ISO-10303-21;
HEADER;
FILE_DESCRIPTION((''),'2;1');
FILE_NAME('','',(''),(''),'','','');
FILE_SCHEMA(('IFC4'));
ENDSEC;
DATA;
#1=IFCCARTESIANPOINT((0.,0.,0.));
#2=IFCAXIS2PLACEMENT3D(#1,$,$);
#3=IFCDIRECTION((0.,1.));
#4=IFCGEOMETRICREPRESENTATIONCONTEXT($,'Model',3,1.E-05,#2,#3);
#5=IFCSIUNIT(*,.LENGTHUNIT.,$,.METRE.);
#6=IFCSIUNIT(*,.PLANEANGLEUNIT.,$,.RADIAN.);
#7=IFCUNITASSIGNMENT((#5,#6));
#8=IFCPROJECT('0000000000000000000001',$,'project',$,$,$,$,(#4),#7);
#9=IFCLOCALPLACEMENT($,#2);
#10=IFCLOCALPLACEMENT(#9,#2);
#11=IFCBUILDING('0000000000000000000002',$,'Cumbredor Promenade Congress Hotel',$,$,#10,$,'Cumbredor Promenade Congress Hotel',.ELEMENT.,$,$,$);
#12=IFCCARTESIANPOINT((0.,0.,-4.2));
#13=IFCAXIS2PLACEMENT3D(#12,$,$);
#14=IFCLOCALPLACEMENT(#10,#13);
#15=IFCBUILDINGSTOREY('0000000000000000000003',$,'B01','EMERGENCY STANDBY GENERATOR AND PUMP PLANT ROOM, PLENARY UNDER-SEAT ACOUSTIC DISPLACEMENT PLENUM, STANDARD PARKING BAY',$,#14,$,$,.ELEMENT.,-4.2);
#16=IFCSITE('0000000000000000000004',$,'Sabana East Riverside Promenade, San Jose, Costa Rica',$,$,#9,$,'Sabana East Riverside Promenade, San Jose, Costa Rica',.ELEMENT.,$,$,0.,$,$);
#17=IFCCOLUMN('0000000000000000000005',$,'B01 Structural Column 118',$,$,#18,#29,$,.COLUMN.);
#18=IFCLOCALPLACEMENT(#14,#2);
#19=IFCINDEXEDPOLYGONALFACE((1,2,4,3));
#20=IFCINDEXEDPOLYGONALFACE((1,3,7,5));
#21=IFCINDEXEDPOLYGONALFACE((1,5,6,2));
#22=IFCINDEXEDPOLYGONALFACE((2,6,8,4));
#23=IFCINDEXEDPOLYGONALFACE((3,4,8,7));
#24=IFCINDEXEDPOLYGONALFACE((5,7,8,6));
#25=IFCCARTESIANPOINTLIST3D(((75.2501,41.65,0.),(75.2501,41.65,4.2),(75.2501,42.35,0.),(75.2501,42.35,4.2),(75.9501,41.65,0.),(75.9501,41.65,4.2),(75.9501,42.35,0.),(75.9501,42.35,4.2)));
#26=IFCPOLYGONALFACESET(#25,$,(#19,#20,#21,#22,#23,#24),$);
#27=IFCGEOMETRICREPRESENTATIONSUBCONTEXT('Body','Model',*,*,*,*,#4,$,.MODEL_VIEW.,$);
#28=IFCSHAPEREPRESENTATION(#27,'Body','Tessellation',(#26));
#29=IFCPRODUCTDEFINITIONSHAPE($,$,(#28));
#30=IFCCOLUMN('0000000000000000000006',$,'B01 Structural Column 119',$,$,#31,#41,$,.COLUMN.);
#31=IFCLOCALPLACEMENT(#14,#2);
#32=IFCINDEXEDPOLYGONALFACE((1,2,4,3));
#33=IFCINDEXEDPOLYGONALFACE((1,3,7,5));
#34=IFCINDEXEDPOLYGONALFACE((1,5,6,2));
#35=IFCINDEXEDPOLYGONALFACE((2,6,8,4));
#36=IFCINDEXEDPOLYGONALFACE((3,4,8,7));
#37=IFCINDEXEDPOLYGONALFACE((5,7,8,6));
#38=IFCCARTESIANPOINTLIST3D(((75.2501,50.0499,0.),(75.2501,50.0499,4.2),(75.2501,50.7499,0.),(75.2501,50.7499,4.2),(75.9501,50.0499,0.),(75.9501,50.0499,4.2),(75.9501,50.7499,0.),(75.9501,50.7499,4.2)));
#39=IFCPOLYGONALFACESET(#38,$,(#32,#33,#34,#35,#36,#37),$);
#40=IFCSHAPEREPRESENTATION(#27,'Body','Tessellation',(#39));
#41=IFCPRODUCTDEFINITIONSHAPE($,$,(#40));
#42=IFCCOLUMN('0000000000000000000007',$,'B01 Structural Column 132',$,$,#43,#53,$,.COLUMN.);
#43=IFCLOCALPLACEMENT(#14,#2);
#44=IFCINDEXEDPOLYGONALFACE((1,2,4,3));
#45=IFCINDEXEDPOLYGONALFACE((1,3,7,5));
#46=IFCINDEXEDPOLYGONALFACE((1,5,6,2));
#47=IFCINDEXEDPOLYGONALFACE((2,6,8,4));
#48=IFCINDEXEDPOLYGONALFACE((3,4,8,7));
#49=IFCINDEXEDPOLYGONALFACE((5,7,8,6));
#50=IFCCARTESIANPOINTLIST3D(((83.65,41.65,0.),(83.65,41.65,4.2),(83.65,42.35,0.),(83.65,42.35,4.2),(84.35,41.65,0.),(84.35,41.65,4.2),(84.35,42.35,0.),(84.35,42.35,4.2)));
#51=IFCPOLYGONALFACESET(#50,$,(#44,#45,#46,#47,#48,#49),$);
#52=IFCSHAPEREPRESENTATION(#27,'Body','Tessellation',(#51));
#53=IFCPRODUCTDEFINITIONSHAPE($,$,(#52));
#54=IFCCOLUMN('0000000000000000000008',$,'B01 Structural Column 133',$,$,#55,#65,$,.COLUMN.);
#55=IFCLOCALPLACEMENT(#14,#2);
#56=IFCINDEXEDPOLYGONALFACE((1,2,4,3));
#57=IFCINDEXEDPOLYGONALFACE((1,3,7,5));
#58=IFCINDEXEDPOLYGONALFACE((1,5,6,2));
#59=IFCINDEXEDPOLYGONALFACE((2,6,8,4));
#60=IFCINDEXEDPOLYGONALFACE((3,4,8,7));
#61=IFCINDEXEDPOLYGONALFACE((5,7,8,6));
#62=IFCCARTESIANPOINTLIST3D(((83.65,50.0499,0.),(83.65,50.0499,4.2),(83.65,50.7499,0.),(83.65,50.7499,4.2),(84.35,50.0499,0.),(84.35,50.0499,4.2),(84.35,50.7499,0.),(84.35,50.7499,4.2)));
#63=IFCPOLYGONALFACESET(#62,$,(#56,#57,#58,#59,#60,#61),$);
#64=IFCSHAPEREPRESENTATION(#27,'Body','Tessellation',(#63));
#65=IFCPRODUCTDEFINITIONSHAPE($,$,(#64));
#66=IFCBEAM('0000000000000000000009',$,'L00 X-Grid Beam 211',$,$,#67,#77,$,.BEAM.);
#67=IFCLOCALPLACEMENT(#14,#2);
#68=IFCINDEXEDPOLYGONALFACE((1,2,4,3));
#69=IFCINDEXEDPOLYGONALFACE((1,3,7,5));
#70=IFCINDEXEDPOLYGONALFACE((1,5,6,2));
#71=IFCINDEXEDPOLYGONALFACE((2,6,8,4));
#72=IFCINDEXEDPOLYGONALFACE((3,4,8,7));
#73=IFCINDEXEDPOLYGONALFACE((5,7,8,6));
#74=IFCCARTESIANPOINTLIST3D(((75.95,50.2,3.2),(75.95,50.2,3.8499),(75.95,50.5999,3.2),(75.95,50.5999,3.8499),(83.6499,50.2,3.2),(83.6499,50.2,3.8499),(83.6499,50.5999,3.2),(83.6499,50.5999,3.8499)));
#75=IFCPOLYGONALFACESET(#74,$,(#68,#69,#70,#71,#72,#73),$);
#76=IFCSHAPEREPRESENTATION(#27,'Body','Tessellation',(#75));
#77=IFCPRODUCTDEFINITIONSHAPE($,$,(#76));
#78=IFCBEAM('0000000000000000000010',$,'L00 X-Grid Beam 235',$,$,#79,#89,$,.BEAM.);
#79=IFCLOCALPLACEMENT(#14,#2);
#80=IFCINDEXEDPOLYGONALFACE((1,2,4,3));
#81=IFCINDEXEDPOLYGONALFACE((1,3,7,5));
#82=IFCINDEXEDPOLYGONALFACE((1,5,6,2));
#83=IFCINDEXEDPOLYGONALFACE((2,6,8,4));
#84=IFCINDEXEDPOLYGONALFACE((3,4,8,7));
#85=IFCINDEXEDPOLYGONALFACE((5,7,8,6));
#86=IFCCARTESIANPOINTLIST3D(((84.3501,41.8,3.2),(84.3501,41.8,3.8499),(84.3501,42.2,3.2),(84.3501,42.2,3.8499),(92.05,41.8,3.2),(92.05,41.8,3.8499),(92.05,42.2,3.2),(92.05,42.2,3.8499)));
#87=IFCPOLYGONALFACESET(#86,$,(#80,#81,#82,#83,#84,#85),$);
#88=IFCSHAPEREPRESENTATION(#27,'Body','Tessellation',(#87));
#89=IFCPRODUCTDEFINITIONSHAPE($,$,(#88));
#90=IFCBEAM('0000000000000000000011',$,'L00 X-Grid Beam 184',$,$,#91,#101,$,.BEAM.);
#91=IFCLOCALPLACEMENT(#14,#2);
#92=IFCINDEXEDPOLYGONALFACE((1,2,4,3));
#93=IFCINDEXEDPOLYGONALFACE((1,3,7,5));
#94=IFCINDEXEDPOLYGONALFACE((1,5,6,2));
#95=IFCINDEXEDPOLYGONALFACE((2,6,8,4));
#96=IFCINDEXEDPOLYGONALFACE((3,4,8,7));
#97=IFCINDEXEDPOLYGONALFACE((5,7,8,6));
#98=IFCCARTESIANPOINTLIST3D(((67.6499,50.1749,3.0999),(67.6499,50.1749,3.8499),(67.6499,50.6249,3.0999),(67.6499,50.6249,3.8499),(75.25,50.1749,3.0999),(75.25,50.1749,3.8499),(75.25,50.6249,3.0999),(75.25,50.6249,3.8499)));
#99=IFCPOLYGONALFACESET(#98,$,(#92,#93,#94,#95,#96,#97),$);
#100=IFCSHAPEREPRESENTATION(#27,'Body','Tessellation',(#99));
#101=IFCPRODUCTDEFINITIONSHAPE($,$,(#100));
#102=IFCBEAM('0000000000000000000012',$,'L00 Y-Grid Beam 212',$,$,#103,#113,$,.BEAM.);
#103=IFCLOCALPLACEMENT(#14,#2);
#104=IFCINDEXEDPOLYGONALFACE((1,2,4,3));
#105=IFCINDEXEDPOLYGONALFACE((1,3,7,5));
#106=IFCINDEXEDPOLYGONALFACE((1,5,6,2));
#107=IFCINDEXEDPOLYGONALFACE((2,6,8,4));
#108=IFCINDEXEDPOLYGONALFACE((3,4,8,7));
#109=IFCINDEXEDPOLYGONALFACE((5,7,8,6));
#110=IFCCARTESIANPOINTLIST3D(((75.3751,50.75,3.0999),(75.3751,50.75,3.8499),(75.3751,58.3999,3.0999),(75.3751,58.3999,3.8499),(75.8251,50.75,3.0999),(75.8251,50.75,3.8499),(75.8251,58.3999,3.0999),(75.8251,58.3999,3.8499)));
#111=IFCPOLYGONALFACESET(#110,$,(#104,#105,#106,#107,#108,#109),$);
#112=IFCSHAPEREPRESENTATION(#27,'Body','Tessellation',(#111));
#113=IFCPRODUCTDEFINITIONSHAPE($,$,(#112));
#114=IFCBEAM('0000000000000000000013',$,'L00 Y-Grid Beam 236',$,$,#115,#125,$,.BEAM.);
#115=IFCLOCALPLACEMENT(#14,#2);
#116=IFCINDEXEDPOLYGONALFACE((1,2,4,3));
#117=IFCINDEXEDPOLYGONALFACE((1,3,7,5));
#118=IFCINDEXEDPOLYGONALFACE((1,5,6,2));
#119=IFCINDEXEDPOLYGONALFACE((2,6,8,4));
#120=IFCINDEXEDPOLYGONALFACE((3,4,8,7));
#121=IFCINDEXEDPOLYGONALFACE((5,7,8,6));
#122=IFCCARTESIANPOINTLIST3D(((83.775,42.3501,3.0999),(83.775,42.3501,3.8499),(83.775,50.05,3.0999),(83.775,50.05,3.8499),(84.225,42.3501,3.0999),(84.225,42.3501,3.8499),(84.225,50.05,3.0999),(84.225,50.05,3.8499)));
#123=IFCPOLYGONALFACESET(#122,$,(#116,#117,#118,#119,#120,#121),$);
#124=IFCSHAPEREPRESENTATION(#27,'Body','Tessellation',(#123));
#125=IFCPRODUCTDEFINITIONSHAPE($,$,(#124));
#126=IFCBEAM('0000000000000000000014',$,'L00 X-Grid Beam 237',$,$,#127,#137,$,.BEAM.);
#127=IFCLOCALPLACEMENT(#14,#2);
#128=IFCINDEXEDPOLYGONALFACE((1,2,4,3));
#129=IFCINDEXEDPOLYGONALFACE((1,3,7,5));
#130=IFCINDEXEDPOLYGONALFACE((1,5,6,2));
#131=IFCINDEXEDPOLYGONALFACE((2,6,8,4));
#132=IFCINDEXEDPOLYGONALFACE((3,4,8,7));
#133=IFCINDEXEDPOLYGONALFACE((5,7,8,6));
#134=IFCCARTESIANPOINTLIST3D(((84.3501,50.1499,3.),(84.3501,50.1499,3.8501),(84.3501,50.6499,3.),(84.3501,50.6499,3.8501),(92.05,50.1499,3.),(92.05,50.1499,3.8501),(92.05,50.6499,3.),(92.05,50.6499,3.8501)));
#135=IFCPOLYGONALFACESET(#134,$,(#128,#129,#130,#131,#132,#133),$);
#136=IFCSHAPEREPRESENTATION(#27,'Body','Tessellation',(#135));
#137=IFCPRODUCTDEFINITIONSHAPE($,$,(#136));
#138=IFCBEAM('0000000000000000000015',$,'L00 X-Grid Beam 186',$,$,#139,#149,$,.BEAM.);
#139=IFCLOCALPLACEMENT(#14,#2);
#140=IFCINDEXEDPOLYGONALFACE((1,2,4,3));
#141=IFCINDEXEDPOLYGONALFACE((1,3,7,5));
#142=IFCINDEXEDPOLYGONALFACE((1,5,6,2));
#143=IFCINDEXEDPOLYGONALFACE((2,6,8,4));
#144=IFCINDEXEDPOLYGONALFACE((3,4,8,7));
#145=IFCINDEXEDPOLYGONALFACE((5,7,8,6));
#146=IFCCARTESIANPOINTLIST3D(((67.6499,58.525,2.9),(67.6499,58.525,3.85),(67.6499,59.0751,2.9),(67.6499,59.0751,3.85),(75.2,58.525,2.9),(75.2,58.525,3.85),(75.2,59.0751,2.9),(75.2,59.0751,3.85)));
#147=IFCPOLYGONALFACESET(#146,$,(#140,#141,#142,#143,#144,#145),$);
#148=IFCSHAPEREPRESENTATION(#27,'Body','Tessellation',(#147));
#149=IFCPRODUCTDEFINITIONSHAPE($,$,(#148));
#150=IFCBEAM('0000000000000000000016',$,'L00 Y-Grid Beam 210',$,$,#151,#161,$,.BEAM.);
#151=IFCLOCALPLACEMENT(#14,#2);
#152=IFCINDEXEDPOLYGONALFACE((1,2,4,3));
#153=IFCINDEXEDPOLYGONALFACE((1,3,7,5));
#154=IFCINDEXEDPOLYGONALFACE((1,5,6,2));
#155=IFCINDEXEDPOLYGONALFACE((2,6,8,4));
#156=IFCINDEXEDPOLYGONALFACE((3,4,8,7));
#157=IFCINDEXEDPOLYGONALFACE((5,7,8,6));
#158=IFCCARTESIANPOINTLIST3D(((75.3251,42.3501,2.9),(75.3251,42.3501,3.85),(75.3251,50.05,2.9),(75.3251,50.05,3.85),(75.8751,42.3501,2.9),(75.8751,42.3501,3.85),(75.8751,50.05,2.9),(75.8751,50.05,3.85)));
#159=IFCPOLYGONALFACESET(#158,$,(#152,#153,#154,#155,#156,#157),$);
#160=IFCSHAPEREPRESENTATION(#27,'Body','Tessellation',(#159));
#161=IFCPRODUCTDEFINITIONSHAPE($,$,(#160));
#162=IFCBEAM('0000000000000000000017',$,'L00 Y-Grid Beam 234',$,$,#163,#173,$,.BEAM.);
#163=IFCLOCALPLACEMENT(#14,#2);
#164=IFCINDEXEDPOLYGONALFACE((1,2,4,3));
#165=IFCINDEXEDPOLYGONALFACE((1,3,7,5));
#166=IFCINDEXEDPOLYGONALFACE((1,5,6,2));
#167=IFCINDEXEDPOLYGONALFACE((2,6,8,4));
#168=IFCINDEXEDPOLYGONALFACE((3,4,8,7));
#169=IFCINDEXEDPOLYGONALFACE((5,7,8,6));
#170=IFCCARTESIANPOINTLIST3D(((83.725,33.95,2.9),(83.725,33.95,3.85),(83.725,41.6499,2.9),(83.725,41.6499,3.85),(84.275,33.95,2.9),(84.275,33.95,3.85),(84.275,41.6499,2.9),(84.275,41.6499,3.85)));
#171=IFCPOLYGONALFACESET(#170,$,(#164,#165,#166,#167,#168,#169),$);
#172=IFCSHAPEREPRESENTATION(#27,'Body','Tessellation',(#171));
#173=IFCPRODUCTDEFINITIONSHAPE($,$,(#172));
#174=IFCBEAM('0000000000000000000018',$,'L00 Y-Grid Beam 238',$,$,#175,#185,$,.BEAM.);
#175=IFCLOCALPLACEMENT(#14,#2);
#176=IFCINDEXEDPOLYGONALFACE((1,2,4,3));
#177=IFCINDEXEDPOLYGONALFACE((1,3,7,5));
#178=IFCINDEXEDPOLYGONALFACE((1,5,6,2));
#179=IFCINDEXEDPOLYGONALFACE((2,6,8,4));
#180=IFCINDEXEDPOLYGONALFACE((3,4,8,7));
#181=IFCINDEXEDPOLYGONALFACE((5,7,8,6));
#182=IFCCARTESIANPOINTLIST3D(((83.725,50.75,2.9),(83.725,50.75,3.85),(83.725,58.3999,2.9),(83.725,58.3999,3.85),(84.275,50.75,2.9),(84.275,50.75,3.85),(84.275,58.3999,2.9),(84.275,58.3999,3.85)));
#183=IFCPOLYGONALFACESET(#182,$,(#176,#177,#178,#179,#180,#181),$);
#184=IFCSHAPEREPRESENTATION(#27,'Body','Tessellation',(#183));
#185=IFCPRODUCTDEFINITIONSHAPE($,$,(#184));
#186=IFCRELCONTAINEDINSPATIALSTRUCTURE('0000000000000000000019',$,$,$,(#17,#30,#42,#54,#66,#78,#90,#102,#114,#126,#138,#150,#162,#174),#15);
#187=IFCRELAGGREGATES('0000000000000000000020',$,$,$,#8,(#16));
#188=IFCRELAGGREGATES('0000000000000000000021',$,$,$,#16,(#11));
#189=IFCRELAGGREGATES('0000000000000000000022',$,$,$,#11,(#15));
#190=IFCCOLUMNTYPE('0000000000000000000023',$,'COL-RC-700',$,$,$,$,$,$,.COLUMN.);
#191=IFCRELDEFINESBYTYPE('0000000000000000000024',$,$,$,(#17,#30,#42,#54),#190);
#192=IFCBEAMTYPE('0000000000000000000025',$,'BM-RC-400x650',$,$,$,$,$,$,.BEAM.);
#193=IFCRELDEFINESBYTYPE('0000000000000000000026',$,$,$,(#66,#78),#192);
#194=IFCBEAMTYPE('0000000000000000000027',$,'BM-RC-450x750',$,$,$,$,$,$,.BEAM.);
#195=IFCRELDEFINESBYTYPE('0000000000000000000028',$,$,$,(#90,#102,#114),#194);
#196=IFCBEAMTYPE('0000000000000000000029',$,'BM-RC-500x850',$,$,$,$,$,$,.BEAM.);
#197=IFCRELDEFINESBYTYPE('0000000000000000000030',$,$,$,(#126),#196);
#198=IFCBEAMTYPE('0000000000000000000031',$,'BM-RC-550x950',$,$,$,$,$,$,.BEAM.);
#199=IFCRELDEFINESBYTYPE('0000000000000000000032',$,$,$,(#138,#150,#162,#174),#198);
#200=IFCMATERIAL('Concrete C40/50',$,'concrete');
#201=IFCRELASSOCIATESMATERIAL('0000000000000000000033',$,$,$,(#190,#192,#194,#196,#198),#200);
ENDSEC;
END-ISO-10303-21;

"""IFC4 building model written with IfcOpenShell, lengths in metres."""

from ifc_helpers import new_model, si_unit, direction, frame, origin, origin_2d, place, context, subcontext, project, spatial, rectangle, extrude, material, material_profile, profile_set, type_object, element, save


model = new_model("IFC4")

# Units and contexts
model_context = context("Model", 3, precision=1e-05, world=origin(), true_north=direction((0.0, 1.0)))
body_context = subcontext(model_context, "Body", "Model", "MODEL_VIEW")
ifc_project = project(units=[si_unit("LENGTHUNIT", "METRE"), si_unit("PLANEANGLEUNIT", "RADIAN")], contexts=[model_context])

# Site, building, storey
site_placement = place(None, origin())
site = spatial("IfcSite", under=ifc_project, at=site_placement, Name="Sabana East Riverside Promenade, San Jose, Costa Rica", LongName="Sabana East Riverside Promenade, San Jose, Costa Rica", CompositionType="ELEMENT", RefElevation=0.0)
building_placement = place(site_placement, origin())
building = spatial("IfcBuilding", under=site, at=building_placement, Name="Cumbredor Promenade Congress Hotel", LongName="Cumbredor Promenade Congress Hotel", CompositionType="ELEMENT")
storey_placement = place(building_placement, frame((0.0, 0.0, -4.2)))
storey = spatial("IfcBuildingStorey", under=building, at=storey_placement, Name="B01", Description="EMERGENCY STANDBY GENERATOR AND PUMP PLANT ROOM, PLENARY UNDER-SEAT ACOUSTIC DISPLACEMENT PLENUM, STANDARD PARKING BAY", CompositionType="ELEMENT", Elevation=-4.2)

# Columns
ifc_material_1 = material(Name="Concrete C40/50", Category="concrete")
ifc_material_profile_1 = material_profile(ifc_material_1, rectangle(XDim=0.7, YDim=0.7, at=origin_2d()), Name="RC 700x700")
ifc_profile_set_1 = profile_set([ifc_material_profile_1], Name="Concrete C40/50")
column_type = type_object("IfcColumnType", Name="COL-RC-700", PredefinedType="COLUMN", material=ifc_profile_set_1)
for number, where, z_axis, x_axis, name in (
    (1, (75.6001, 42.0, 0.0), (0.0, 0.0, 1.0), (1.0, 0.0, 0.0), "B01 Structural Column 118"),
    (2, (75.6001, 50.3999, 0.0), (0.0, 0.0, 1.0), (1.0, 0.0, 0.0), "B01 Structural Column 119"),
    (3, (84.0, 42.0, 0.0), (0.0, 0.0, 1.0), (1.0, 0.0, 0.0), "B01 Structural Column 132"),
    (4, (84.0, 50.3999, 0.0), (0.0, 0.0, 1.0), (1.0, 0.0, 0.0), "B01 Structural Column 133"),
):
    element("IfcColumn", number, at=place(storey_placement, frame(where, z_axis=z_axis, x_axis=x_axis)), inside=storey, type_object=column_type, Name=name, PredefinedType="COLUMN", context=body_context, shape_type="SweptSolid", body=[
        extrude(rectangle(XDim=0.7, YDim=0.7, at=origin_2d()), origin(), (0.0, 0.0, 1.0), 4.2),
    ])

# Beams
ifc_material_profile_2 = material_profile(ifc_material_1, rectangle(XDim=0.3999, YDim=0.6499, at=origin_2d()), Name="RC BEAM 400x650")
ifc_profile_set_2 = profile_set([ifc_material_profile_2], Name="Concrete C40/50")
beam_type_1 = type_object("IfcBeamType", Name="BM-RC-400x650", PredefinedType="BEAM", material=ifc_profile_set_2)
for number, where, z_axis, x_axis, name in (
    (5, (75.95, 50.3999, 3.5249), (1.0, 0.0, 0.0), (0.0, 1.0, 0.0), "L00 X-Grid Beam 211"),
    (6, (84.3501, 42.0, 3.5249), (1.0, 0.0, 0.0), (0.0, 1.0, 0.0), "L00 X-Grid Beam 235"),
):
    element("IfcBeam", number, at=place(storey_placement, frame(where, z_axis=z_axis, x_axis=x_axis)), inside=storey, type_object=beam_type_1, Name=name, PredefinedType="BEAM", context=body_context, shape_type="SweptSolid", body=[
        extrude(rectangle(XDim=0.3999, YDim=0.6499, at=origin_2d()), origin(), (0.0, 0.0, 1.0), 7.7),
    ])
ifc_material_profile_3 = material_profile(ifc_material_1, rectangle(XDim=0.45, YDim=0.75, at=origin_2d()), Name="RC BEAM 450x750")
ifc_profile_set_3 = profile_set([ifc_material_profile_3], Name="Concrete C40/50")
beam_type_2 = type_object("IfcBeamType", Name="BM-RC-450x750", PredefinedType="BEAM", material=ifc_profile_set_3)
beam_1_placement = place(storey_placement, frame((67.6499, 50.3999, 3.4749), z_axis=(1.0, 0.0, 0.0), x_axis=(0.0, 1.0, 0.0)))
element("IfcBeam", 7, at=beam_1_placement, inside=storey, type_object=beam_type_2, Name="L00 X-Grid Beam 184", PredefinedType="BEAM", context=body_context, shape_type="SweptSolid", body=[
    extrude(rectangle(XDim=0.45, YDim=0.75, at=origin_2d()), origin(), (0.0, 0.0, 1.0), 7.6001),
])
beam_2_placement = place(storey_placement, frame((75.6001, 50.75, 3.4749), z_axis=(0.0, 1.0, 0.0), x_axis=(-1.0, 0.0, 0.0)))
element("IfcBeam", 8, at=beam_2_placement, inside=storey, type_object=beam_type_2, Name="L00 Y-Grid Beam 212", PredefinedType="BEAM", context=body_context, shape_type="SweptSolid", body=[
    extrude(rectangle(XDim=0.45, YDim=0.75, at=origin_2d()), origin(), (0.0, 0.0, 1.0), 7.6499),
])
beam_3_placement = place(storey_placement, frame((84.0, 42.3501, 3.4749), z_axis=(0.0, 1.0, 0.0), x_axis=(-1.0, 0.0, 0.0)))
element("IfcBeam", 9, at=beam_3_placement, inside=storey, type_object=beam_type_2, Name="L00 Y-Grid Beam 236", PredefinedType="BEAM", context=body_context, shape_type="SweptSolid", body=[
    extrude(rectangle(XDim=0.45, YDim=0.75, at=origin_2d()), origin(), (0.0, 0.0, 1.0), 7.7),
])
ifc_material_profile_4 = material_profile(ifc_material_1, rectangle(XDim=0.5, YDim=0.8501, at=origin_2d()), Name="RC BEAM 500x850")
ifc_profile_set_4 = profile_set([ifc_material_profile_4], Name="Concrete C40/50")
beam_type_3 = type_object("IfcBeamType", Name="BM-RC-500x850", PredefinedType="BEAM", material=ifc_profile_set_4)
beam_4_placement = place(storey_placement, frame((84.3501, 50.3999, 3.425), z_axis=(1.0, 0.0, 0.0), x_axis=(0.0, 1.0, 0.0)))
element("IfcBeam", 10, at=beam_4_placement, inside=storey, type_object=beam_type_3, Name="L00 X-Grid Beam 237", PredefinedType="BEAM", context=body_context, shape_type="SweptSolid", body=[
    extrude(rectangle(XDim=0.5, YDim=0.8501, at=origin_2d()), origin(), (0.0, 0.0, 1.0), 7.7),
])
ifc_material_profile_5 = material_profile(ifc_material_1, rectangle(XDim=0.55, YDim=0.95, at=origin_2d()), Name="RC BEAM 550x950")
ifc_profile_set_5 = profile_set([ifc_material_profile_5], Name="Concrete C40/50")
beam_type_4 = type_object("IfcBeamType", Name="BM-RC-550x950", PredefinedType="BEAM", material=ifc_profile_set_5)
beam_5_placement = place(storey_placement, frame((67.6499, 58.8, 3.375), z_axis=(1.0, 0.0, 0.0), x_axis=(0.0, 1.0, 0.0)))
element("IfcBeam", 11, at=beam_5_placement, inside=storey, type_object=beam_type_4, Name="L00 X-Grid Beam 186", PredefinedType="BEAM", context=body_context, shape_type="SweptSolid", body=[
    extrude(rectangle(XDim=0.55, YDim=0.95, at=origin_2d()), origin(), (0.0, 0.0, 1.0), 7.55),
])
for number, where, z_axis, x_axis, name in (
    (12, (75.6001, 42.3501, 3.375), (0.0, 1.0, 0.0), (-1.0, 0.0, 0.0), "L00 Y-Grid Beam 210"),
    (13, (84.0, 33.95, 3.375), (0.0, 1.0, 0.0), (-1.0, 0.0, 0.0), "L00 Y-Grid Beam 234"),
):
    element("IfcBeam", number, at=place(storey_placement, frame(where, z_axis=z_axis, x_axis=x_axis)), inside=storey, type_object=beam_type_4, Name=name, PredefinedType="BEAM", context=body_context, shape_type="SweptSolid", body=[
        extrude(rectangle(XDim=0.55, YDim=0.95, at=origin_2d()), origin(), (0.0, 0.0, 1.0), 7.7),
    ])
beam_6_placement = place(storey_placement, frame((84.0, 50.75, 3.375), z_axis=(0.0, 1.0, 0.0), x_axis=(-1.0, 0.0, 0.0)))
element("IfcBeam", 14, at=beam_6_placement, inside=storey, type_object=beam_type_4, Name="L00 Y-Grid Beam 238", PredefinedType="BEAM", context=body_context, shape_type="SweptSolid", body=[
    extrude(rectangle(XDim=0.55, YDim=0.95, at=origin_2d()), origin(), (0.0, 0.0, 1.0), 7.6499),
])

save(model, "model.ifc")
